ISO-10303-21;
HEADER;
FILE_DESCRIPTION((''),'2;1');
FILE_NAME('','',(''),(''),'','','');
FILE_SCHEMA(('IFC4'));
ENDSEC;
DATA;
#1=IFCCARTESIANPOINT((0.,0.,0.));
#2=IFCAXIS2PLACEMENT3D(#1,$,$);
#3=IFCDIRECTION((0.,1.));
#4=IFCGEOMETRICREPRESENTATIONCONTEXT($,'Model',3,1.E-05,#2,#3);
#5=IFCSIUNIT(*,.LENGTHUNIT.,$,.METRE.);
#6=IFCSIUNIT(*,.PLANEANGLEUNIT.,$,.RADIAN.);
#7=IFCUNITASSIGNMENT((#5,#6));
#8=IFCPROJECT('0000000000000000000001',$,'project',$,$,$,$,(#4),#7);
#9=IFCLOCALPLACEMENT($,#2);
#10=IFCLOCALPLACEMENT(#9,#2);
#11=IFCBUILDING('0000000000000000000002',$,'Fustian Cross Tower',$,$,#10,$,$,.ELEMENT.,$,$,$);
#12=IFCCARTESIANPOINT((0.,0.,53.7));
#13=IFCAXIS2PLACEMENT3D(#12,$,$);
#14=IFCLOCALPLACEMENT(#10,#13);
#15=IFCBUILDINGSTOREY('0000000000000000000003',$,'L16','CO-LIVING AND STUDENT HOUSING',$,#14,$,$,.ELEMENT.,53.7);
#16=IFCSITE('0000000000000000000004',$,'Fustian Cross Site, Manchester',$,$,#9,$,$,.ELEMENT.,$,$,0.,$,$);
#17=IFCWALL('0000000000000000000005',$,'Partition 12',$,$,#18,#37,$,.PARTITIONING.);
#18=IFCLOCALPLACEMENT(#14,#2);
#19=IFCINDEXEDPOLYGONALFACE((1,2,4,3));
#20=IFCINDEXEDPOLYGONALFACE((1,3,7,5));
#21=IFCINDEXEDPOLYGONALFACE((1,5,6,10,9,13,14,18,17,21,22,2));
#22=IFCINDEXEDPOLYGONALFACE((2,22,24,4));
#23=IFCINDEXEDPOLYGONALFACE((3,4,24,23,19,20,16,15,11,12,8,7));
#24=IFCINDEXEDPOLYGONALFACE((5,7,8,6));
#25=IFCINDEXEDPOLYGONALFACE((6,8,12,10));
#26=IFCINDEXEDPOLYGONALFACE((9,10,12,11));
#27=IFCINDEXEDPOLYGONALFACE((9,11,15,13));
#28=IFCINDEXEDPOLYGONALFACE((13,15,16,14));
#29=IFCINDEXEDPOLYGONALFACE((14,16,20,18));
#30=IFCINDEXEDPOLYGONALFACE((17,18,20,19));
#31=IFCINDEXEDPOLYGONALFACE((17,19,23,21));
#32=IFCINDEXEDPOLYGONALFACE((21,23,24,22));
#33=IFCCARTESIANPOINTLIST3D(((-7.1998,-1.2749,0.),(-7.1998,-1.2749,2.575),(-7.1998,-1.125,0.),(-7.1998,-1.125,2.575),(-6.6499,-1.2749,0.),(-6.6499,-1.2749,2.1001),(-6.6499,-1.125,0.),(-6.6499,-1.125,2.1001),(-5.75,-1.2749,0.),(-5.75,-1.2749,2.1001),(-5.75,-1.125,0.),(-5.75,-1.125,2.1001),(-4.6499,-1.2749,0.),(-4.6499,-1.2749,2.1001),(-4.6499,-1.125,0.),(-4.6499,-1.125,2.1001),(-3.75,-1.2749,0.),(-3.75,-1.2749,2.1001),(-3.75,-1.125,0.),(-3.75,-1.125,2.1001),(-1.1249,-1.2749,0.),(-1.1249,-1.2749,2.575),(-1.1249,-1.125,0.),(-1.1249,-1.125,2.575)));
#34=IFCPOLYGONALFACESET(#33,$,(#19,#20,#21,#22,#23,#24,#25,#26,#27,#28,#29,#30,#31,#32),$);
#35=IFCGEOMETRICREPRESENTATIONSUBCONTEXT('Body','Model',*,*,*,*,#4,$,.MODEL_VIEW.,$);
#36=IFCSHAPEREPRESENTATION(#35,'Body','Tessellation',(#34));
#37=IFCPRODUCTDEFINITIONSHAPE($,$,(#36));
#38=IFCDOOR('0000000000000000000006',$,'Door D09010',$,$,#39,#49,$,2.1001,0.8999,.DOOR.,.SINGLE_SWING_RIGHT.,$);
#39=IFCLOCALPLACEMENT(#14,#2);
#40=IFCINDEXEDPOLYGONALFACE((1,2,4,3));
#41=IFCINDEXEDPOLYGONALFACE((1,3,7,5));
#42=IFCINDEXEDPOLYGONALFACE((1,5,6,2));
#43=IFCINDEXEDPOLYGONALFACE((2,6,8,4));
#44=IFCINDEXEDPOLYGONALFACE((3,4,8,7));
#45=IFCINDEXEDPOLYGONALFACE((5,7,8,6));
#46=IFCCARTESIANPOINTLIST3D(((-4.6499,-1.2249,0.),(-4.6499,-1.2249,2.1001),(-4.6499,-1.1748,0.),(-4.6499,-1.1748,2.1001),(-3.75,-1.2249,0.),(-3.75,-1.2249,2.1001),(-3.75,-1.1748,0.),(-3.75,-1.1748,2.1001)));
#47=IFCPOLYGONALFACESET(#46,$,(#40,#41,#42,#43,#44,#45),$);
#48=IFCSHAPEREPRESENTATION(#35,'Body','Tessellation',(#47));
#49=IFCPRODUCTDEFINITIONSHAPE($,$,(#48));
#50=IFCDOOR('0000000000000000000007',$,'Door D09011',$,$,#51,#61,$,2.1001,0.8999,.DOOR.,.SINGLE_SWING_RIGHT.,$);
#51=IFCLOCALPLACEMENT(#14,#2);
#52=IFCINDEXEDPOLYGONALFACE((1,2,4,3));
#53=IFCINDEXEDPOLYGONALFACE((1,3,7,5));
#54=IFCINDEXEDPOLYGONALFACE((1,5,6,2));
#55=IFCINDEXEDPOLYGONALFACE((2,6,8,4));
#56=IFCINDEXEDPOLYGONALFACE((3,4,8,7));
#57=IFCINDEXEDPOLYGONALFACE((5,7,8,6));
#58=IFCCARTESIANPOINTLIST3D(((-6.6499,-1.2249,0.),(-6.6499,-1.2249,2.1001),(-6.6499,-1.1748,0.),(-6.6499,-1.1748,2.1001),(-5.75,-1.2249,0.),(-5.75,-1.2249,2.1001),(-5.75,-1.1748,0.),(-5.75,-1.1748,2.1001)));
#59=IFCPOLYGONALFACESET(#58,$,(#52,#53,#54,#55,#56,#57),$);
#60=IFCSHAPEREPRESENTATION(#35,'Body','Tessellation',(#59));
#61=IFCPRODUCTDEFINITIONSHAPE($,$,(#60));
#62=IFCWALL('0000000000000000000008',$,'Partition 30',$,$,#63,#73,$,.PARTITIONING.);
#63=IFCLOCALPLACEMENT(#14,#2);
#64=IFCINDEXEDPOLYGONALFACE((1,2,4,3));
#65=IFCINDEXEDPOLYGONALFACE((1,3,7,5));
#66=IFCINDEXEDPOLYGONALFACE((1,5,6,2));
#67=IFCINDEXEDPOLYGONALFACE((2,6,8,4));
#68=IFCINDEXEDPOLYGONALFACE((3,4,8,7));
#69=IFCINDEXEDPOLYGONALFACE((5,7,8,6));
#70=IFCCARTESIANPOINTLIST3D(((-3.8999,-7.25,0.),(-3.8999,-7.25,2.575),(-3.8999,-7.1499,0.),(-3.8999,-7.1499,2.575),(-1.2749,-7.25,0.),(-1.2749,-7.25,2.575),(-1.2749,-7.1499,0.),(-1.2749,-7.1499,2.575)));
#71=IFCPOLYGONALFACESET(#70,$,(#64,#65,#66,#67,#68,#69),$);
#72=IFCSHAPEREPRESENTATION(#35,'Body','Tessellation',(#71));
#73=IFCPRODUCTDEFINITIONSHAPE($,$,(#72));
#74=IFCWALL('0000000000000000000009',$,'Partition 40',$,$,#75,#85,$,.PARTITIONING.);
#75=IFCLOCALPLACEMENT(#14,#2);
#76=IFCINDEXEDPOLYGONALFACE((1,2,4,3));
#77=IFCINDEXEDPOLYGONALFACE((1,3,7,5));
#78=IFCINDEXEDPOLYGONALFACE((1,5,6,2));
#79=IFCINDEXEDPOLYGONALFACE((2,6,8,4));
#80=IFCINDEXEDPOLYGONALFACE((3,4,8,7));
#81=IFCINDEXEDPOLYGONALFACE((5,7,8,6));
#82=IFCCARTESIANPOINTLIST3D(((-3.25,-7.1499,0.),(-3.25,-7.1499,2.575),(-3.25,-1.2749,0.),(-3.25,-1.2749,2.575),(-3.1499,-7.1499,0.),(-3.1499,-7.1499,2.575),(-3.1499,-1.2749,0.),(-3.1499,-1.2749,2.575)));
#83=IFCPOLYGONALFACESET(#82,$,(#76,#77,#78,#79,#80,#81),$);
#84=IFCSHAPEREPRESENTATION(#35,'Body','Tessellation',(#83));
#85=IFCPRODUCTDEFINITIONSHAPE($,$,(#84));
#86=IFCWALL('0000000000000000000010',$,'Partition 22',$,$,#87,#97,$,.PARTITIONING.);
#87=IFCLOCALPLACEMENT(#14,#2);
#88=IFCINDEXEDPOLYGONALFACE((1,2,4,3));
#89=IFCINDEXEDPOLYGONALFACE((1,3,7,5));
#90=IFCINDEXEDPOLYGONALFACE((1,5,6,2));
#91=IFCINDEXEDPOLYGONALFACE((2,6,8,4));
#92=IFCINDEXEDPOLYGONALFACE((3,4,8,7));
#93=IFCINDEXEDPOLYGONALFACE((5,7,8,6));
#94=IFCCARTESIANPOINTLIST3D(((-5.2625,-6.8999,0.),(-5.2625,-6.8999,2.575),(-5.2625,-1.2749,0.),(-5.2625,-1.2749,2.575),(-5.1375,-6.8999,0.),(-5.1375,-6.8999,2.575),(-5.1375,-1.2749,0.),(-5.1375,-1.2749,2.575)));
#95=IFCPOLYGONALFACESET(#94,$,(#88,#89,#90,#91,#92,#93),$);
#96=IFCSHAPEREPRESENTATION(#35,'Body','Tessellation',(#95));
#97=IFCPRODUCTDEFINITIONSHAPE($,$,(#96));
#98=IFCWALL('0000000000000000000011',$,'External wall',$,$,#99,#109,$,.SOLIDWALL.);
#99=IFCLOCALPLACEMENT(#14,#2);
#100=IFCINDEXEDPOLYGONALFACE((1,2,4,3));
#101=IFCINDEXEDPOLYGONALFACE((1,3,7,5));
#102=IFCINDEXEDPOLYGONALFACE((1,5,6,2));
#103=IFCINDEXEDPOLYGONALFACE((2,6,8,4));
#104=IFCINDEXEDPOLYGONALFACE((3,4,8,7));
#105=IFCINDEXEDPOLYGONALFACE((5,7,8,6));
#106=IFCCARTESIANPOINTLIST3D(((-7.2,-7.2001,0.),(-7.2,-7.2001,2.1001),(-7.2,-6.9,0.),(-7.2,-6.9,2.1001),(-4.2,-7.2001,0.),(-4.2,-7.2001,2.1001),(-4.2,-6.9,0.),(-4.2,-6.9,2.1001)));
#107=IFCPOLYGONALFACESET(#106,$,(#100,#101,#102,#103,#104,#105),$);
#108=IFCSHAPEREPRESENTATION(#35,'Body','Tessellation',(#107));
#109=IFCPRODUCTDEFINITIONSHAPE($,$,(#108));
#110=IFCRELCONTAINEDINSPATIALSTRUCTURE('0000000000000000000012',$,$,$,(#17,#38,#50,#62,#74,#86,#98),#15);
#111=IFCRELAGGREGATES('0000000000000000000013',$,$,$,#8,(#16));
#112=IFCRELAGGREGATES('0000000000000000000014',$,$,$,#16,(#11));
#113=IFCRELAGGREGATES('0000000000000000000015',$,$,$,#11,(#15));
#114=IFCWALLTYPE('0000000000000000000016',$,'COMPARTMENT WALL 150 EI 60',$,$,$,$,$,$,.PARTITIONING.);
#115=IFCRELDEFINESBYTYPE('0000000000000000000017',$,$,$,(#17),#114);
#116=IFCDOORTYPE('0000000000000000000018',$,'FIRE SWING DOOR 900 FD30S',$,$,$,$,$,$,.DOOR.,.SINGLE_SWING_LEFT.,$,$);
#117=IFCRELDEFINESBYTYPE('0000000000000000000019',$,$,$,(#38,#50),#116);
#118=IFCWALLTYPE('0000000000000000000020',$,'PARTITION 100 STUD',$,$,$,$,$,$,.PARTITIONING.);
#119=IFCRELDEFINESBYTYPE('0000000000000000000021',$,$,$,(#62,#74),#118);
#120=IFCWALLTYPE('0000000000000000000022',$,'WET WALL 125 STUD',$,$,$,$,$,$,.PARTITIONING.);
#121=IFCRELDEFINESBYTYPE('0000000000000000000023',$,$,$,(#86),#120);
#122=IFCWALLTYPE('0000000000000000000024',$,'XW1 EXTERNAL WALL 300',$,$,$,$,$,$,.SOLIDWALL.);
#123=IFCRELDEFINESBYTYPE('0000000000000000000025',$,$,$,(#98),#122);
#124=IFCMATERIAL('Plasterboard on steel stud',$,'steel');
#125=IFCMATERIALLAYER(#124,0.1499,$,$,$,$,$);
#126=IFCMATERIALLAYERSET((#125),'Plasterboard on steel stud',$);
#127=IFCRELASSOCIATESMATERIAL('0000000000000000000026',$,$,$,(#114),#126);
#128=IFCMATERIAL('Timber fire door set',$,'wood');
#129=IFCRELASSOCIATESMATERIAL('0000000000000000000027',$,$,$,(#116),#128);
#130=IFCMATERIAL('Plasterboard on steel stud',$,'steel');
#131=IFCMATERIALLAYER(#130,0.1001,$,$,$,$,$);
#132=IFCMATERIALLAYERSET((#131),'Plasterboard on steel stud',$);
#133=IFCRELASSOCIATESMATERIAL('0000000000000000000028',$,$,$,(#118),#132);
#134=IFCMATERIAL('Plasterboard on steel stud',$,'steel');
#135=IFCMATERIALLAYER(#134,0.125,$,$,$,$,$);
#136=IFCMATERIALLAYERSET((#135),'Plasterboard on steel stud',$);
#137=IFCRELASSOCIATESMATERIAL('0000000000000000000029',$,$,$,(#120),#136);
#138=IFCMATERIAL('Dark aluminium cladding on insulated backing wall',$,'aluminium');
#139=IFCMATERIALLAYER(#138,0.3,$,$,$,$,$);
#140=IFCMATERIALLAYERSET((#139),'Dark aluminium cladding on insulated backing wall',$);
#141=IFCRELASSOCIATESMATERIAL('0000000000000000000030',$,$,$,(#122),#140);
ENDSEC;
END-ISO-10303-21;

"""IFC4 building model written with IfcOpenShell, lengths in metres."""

from ifc_helpers import new_model, si_unit, direction, frame, frame_2d, origin, place, context, subcontext, project, spatial, rectangle, extrude, material, layer, layer_set, type_object, element, fill, save


model = new_model("IFC4")

# Units and contexts
model_context = context("Model", 3, precision=1e-05, world=origin(), true_north=direction((0.0, 1.0)))
body_context = subcontext(model_context, "Body", "Model", "MODEL_VIEW")
ifc_project = project(units=[si_unit("LENGTHUNIT", "METRE"), si_unit("PLANEANGLEUNIT", "RADIAN")], contexts=[model_context])

# Site, building, storey
site_placement = place(None, origin())
site = spatial("IfcSite", under=ifc_project, at=site_placement, Name="Fustian Cross Site, Manchester", CompositionType="ELEMENT", RefElevation=0.0)
building_placement = place(site_placement, origin())
building = spatial("IfcBuilding", under=site, at=building_placement, Name="Fustian Cross Tower", CompositionType="ELEMENT")
storey_placement = place(building_placement, frame((0.0, 0.0, 53.7)))
storey = spatial("IfcBuildingStorey", under=building, at=storey_placement, Name="L16", Description="CO-LIVING AND STUDENT HOUSING", CompositionType="ELEMENT", Elevation=53.7)

# Wall, openings, doors
ifc_material_1 = material(Name="Plasterboard on steel stud", Category="steel")
ifc_layer_1 = layer(ifc_material_1, 0.1499)
ifc_layer_set_1 = layer_set([ifc_layer_1], Name="Plasterboard on steel stud")
wall_type_1 = type_object("IfcWallType", Name="COMPARTMENT WALL 150 EI 60", PredefinedType="PARTITIONING", material=ifc_layer_set_1)
wall_1_placement = place(storey_placement, frame((-7.2, -1.2, 0.0), z_axis=(0.0, 0.0, 1.0), x_axis=(1.0, 0.0, 0.0)))
wall_1 = element("IfcWall", 1, at=wall_1_placement, inside=storey, type_object=wall_type_1, Name="Partition 12", PredefinedType="PARTITIONING", context=body_context, shape_type="SweptSolid", body=[
    extrude(rectangle(XDim=6.075, YDim=0.1499, at=frame_2d((3.0376, 0.0))), origin(), (0.0, 0.0, 1.0), 2.575),
])
opening_1_placement = place(wall_1_placement, frame((2.55, 0.0, 0.0)))
opening_1 = element("IfcOpeningElement", 2, at=opening_1_placement, cuts=wall_1, PredefinedType="OPENING", context=body_context, shape_type="SweptSolid", body=[
    extrude(rectangle(XDim=0.8999, YDim=2.1001, at=frame_2d((0.45, 1.05))), frame((0.0, 0.085, 0.0), z_axis=(0.0, -1.0, 0.0), x_axis=(1.0, 0.0, 0.0)), (0.0, 0.0, 1.0), 0.1699),
])
opening_2_placement = place(wall_1_placement, frame((0.55, 0.0, 0.0)))
opening_2 = element("IfcOpeningElement", 3, at=opening_2_placement, cuts=wall_1, PredefinedType="OPENING", context=body_context, shape_type="SweptSolid", body=[
    extrude(rectangle(XDim=0.8999, YDim=2.1001, at=frame_2d((0.45, 1.05))), frame((0.0, 0.085, 0.0), z_axis=(0.0, -1.0, 0.0), x_axis=(1.0, 0.0, 0.0)), (0.0, 0.0, 1.0), 0.1699),
])
ifc_material_2 = material(Name="Timber fire door set", Category="wood")
door_type_1 = type_object("IfcDoorType", Name="FIRE SWING DOOR 900 FD30S", OperationType="SINGLE_SWING_LEFT", PredefinedType="DOOR", material=ifc_material_2)
door_1_placement = place(opening_1_placement, frame((0.8999, 0.0, 0.0), z_axis=(0.0, 0.0, 1.0), x_axis=(-1.0, 0.0, 0.0)))
door_1 = element("IfcDoor", 4, at=door_1_placement, inside=storey, type_object=door_type_1, Name="Door D09010", OperationType="SINGLE_SWING_RIGHT", OverallHeight=2.1001, OverallWidth=0.8999, PredefinedType="DOOR", context=body_context, shape_type="SweptSolid", body=[
    extrude(rectangle(XDim=0.8999, YDim=2.1001, at=frame_2d((0.45, 1.05))), frame((0.0, 0.0249, 0.0), z_axis=(0.0, -1.0, 0.0), x_axis=(1.0, 0.0, 0.0)), (0.0, 0.0, 1.0), 0.05),
])
fill(opening_1, door_1)
door_2_placement = place(opening_2_placement, frame((0.8999, 0.0, 0.0), z_axis=(0.0, 0.0, 1.0), x_axis=(-1.0, 0.0, 0.0)))
door_2 = element("IfcDoor", 5, at=door_2_placement, inside=storey, type_object=door_type_1, Name="Door D09011", OperationType="SINGLE_SWING_RIGHT", OverallHeight=2.1001, OverallWidth=0.8999, PredefinedType="DOOR", context=body_context, shape_type="SweptSolid", body=[
    extrude(rectangle(XDim=0.8999, YDim=2.1001, at=frame_2d((0.45, 1.05))), frame((0.0, 0.0249, 0.0), z_axis=(0.0, -1.0, 0.0), x_axis=(1.0, 0.0, 0.0)), (0.0, 0.0, 1.0), 0.05),
])
fill(opening_2, door_2)

# Walls
ifc_material_3 = material(Name="Plasterboard on steel stud", Category="steel")
ifc_layer_2 = layer(ifc_material_3, 0.1001)
ifc_layer_set_2 = layer_set([ifc_layer_2], Name="Plasterboard on steel stud")
wall_type_2 = type_object("IfcWallType", Name="PARTITION 100 STUD", PredefinedType="PARTITIONING", material=ifc_layer_set_2)
wall_2_placement = place(storey_placement, frame((-3.8999, -7.2, 0.0), z_axis=(0.0, 0.0, 1.0), x_axis=(1.0, 0.0, 0.0)))
element("IfcWall", 6, at=wall_2_placement, inside=storey, type_object=wall_type_2, Name="Partition 30", PredefinedType="PARTITIONING", context=body_context, shape_type="SweptSolid", body=[
    extrude(rectangle(XDim=2.625, YDim=0.1001, at=frame_2d((1.3125, 0.0))), origin(), (0.0, 0.0, 1.0), 2.575),
])
wall_3_placement = place(storey_placement, frame((-3.2, -7.1499, 0.0), z_axis=(0.0, 0.0, 1.0), x_axis=(0.0, 1.0, 0.0)))
element("IfcWall", 7, at=wall_3_placement, inside=storey, type_object=wall_type_2, Name="Partition 40", PredefinedType="PARTITIONING", context=body_context, shape_type="SweptSolid", body=[
    extrude(rectangle(XDim=5.875, YDim=0.1001, at=frame_2d((2.9375, 0.0))), origin(), (0.0, 0.0, 1.0), 2.575),
])
ifc_material_4 = material(Name="Plasterboard on steel stud", Category="steel")
ifc_layer_3 = layer(ifc_material_4, 0.125)
ifc_layer_set_3 = layer_set([ifc_layer_3], Name="Plasterboard on steel stud")
wall_type_3 = type_object("IfcWallType", Name="WET WALL 125 STUD", PredefinedType="PARTITIONING", material=ifc_layer_set_3)
wall_4_placement = place(storey_placement, frame((-5.2, -6.8999, 0.0), z_axis=(0.0, 0.0, 1.0), x_axis=(0.0, 1.0, 0.0)))
element("IfcWall", 8, at=wall_4_placement, inside=storey, type_object=wall_type_3, Name="Partition 22", PredefinedType="PARTITIONING", context=body_context, shape_type="SweptSolid", body=[
    extrude(rectangle(XDim=5.625, YDim=0.125, at=frame_2d((2.8125, 0.0))), origin(), (0.0, 0.0, 1.0), 2.575),
])
ifc_material_5 = material(Name="Dark aluminium cladding on insulated backing wall", Category="aluminium")
ifc_layer_4 = layer(ifc_material_5, 0.3)
ifc_layer_set_4 = layer_set([ifc_layer_4], Name="Dark aluminium cladding on insulated backing wall")
wall_type_4 = type_object("IfcWallType", Name="XW1 EXTERNAL WALL 300", PredefinedType="SOLIDWALL", material=ifc_layer_set_4)
wall_5_placement = place(storey_placement, frame((-7.2, -7.05, 0.0), z_axis=(0.0, 0.0, 1.0), x_axis=(1.0, 0.0, 0.0)))
element("IfcWall", 9, at=wall_5_placement, inside=storey, type_object=wall_type_4, Name="External wall", PredefinedType="SOLIDWALL", context=body_context, shape_type="SweptSolid", body=[
    extrude(rectangle(XDim=3.0, YDim=0.3, at=frame_2d((1.5, 0.0))), origin(), (0.0, 0.0, 1.0), 2.1001),
])

save(model, "model.ifc")
